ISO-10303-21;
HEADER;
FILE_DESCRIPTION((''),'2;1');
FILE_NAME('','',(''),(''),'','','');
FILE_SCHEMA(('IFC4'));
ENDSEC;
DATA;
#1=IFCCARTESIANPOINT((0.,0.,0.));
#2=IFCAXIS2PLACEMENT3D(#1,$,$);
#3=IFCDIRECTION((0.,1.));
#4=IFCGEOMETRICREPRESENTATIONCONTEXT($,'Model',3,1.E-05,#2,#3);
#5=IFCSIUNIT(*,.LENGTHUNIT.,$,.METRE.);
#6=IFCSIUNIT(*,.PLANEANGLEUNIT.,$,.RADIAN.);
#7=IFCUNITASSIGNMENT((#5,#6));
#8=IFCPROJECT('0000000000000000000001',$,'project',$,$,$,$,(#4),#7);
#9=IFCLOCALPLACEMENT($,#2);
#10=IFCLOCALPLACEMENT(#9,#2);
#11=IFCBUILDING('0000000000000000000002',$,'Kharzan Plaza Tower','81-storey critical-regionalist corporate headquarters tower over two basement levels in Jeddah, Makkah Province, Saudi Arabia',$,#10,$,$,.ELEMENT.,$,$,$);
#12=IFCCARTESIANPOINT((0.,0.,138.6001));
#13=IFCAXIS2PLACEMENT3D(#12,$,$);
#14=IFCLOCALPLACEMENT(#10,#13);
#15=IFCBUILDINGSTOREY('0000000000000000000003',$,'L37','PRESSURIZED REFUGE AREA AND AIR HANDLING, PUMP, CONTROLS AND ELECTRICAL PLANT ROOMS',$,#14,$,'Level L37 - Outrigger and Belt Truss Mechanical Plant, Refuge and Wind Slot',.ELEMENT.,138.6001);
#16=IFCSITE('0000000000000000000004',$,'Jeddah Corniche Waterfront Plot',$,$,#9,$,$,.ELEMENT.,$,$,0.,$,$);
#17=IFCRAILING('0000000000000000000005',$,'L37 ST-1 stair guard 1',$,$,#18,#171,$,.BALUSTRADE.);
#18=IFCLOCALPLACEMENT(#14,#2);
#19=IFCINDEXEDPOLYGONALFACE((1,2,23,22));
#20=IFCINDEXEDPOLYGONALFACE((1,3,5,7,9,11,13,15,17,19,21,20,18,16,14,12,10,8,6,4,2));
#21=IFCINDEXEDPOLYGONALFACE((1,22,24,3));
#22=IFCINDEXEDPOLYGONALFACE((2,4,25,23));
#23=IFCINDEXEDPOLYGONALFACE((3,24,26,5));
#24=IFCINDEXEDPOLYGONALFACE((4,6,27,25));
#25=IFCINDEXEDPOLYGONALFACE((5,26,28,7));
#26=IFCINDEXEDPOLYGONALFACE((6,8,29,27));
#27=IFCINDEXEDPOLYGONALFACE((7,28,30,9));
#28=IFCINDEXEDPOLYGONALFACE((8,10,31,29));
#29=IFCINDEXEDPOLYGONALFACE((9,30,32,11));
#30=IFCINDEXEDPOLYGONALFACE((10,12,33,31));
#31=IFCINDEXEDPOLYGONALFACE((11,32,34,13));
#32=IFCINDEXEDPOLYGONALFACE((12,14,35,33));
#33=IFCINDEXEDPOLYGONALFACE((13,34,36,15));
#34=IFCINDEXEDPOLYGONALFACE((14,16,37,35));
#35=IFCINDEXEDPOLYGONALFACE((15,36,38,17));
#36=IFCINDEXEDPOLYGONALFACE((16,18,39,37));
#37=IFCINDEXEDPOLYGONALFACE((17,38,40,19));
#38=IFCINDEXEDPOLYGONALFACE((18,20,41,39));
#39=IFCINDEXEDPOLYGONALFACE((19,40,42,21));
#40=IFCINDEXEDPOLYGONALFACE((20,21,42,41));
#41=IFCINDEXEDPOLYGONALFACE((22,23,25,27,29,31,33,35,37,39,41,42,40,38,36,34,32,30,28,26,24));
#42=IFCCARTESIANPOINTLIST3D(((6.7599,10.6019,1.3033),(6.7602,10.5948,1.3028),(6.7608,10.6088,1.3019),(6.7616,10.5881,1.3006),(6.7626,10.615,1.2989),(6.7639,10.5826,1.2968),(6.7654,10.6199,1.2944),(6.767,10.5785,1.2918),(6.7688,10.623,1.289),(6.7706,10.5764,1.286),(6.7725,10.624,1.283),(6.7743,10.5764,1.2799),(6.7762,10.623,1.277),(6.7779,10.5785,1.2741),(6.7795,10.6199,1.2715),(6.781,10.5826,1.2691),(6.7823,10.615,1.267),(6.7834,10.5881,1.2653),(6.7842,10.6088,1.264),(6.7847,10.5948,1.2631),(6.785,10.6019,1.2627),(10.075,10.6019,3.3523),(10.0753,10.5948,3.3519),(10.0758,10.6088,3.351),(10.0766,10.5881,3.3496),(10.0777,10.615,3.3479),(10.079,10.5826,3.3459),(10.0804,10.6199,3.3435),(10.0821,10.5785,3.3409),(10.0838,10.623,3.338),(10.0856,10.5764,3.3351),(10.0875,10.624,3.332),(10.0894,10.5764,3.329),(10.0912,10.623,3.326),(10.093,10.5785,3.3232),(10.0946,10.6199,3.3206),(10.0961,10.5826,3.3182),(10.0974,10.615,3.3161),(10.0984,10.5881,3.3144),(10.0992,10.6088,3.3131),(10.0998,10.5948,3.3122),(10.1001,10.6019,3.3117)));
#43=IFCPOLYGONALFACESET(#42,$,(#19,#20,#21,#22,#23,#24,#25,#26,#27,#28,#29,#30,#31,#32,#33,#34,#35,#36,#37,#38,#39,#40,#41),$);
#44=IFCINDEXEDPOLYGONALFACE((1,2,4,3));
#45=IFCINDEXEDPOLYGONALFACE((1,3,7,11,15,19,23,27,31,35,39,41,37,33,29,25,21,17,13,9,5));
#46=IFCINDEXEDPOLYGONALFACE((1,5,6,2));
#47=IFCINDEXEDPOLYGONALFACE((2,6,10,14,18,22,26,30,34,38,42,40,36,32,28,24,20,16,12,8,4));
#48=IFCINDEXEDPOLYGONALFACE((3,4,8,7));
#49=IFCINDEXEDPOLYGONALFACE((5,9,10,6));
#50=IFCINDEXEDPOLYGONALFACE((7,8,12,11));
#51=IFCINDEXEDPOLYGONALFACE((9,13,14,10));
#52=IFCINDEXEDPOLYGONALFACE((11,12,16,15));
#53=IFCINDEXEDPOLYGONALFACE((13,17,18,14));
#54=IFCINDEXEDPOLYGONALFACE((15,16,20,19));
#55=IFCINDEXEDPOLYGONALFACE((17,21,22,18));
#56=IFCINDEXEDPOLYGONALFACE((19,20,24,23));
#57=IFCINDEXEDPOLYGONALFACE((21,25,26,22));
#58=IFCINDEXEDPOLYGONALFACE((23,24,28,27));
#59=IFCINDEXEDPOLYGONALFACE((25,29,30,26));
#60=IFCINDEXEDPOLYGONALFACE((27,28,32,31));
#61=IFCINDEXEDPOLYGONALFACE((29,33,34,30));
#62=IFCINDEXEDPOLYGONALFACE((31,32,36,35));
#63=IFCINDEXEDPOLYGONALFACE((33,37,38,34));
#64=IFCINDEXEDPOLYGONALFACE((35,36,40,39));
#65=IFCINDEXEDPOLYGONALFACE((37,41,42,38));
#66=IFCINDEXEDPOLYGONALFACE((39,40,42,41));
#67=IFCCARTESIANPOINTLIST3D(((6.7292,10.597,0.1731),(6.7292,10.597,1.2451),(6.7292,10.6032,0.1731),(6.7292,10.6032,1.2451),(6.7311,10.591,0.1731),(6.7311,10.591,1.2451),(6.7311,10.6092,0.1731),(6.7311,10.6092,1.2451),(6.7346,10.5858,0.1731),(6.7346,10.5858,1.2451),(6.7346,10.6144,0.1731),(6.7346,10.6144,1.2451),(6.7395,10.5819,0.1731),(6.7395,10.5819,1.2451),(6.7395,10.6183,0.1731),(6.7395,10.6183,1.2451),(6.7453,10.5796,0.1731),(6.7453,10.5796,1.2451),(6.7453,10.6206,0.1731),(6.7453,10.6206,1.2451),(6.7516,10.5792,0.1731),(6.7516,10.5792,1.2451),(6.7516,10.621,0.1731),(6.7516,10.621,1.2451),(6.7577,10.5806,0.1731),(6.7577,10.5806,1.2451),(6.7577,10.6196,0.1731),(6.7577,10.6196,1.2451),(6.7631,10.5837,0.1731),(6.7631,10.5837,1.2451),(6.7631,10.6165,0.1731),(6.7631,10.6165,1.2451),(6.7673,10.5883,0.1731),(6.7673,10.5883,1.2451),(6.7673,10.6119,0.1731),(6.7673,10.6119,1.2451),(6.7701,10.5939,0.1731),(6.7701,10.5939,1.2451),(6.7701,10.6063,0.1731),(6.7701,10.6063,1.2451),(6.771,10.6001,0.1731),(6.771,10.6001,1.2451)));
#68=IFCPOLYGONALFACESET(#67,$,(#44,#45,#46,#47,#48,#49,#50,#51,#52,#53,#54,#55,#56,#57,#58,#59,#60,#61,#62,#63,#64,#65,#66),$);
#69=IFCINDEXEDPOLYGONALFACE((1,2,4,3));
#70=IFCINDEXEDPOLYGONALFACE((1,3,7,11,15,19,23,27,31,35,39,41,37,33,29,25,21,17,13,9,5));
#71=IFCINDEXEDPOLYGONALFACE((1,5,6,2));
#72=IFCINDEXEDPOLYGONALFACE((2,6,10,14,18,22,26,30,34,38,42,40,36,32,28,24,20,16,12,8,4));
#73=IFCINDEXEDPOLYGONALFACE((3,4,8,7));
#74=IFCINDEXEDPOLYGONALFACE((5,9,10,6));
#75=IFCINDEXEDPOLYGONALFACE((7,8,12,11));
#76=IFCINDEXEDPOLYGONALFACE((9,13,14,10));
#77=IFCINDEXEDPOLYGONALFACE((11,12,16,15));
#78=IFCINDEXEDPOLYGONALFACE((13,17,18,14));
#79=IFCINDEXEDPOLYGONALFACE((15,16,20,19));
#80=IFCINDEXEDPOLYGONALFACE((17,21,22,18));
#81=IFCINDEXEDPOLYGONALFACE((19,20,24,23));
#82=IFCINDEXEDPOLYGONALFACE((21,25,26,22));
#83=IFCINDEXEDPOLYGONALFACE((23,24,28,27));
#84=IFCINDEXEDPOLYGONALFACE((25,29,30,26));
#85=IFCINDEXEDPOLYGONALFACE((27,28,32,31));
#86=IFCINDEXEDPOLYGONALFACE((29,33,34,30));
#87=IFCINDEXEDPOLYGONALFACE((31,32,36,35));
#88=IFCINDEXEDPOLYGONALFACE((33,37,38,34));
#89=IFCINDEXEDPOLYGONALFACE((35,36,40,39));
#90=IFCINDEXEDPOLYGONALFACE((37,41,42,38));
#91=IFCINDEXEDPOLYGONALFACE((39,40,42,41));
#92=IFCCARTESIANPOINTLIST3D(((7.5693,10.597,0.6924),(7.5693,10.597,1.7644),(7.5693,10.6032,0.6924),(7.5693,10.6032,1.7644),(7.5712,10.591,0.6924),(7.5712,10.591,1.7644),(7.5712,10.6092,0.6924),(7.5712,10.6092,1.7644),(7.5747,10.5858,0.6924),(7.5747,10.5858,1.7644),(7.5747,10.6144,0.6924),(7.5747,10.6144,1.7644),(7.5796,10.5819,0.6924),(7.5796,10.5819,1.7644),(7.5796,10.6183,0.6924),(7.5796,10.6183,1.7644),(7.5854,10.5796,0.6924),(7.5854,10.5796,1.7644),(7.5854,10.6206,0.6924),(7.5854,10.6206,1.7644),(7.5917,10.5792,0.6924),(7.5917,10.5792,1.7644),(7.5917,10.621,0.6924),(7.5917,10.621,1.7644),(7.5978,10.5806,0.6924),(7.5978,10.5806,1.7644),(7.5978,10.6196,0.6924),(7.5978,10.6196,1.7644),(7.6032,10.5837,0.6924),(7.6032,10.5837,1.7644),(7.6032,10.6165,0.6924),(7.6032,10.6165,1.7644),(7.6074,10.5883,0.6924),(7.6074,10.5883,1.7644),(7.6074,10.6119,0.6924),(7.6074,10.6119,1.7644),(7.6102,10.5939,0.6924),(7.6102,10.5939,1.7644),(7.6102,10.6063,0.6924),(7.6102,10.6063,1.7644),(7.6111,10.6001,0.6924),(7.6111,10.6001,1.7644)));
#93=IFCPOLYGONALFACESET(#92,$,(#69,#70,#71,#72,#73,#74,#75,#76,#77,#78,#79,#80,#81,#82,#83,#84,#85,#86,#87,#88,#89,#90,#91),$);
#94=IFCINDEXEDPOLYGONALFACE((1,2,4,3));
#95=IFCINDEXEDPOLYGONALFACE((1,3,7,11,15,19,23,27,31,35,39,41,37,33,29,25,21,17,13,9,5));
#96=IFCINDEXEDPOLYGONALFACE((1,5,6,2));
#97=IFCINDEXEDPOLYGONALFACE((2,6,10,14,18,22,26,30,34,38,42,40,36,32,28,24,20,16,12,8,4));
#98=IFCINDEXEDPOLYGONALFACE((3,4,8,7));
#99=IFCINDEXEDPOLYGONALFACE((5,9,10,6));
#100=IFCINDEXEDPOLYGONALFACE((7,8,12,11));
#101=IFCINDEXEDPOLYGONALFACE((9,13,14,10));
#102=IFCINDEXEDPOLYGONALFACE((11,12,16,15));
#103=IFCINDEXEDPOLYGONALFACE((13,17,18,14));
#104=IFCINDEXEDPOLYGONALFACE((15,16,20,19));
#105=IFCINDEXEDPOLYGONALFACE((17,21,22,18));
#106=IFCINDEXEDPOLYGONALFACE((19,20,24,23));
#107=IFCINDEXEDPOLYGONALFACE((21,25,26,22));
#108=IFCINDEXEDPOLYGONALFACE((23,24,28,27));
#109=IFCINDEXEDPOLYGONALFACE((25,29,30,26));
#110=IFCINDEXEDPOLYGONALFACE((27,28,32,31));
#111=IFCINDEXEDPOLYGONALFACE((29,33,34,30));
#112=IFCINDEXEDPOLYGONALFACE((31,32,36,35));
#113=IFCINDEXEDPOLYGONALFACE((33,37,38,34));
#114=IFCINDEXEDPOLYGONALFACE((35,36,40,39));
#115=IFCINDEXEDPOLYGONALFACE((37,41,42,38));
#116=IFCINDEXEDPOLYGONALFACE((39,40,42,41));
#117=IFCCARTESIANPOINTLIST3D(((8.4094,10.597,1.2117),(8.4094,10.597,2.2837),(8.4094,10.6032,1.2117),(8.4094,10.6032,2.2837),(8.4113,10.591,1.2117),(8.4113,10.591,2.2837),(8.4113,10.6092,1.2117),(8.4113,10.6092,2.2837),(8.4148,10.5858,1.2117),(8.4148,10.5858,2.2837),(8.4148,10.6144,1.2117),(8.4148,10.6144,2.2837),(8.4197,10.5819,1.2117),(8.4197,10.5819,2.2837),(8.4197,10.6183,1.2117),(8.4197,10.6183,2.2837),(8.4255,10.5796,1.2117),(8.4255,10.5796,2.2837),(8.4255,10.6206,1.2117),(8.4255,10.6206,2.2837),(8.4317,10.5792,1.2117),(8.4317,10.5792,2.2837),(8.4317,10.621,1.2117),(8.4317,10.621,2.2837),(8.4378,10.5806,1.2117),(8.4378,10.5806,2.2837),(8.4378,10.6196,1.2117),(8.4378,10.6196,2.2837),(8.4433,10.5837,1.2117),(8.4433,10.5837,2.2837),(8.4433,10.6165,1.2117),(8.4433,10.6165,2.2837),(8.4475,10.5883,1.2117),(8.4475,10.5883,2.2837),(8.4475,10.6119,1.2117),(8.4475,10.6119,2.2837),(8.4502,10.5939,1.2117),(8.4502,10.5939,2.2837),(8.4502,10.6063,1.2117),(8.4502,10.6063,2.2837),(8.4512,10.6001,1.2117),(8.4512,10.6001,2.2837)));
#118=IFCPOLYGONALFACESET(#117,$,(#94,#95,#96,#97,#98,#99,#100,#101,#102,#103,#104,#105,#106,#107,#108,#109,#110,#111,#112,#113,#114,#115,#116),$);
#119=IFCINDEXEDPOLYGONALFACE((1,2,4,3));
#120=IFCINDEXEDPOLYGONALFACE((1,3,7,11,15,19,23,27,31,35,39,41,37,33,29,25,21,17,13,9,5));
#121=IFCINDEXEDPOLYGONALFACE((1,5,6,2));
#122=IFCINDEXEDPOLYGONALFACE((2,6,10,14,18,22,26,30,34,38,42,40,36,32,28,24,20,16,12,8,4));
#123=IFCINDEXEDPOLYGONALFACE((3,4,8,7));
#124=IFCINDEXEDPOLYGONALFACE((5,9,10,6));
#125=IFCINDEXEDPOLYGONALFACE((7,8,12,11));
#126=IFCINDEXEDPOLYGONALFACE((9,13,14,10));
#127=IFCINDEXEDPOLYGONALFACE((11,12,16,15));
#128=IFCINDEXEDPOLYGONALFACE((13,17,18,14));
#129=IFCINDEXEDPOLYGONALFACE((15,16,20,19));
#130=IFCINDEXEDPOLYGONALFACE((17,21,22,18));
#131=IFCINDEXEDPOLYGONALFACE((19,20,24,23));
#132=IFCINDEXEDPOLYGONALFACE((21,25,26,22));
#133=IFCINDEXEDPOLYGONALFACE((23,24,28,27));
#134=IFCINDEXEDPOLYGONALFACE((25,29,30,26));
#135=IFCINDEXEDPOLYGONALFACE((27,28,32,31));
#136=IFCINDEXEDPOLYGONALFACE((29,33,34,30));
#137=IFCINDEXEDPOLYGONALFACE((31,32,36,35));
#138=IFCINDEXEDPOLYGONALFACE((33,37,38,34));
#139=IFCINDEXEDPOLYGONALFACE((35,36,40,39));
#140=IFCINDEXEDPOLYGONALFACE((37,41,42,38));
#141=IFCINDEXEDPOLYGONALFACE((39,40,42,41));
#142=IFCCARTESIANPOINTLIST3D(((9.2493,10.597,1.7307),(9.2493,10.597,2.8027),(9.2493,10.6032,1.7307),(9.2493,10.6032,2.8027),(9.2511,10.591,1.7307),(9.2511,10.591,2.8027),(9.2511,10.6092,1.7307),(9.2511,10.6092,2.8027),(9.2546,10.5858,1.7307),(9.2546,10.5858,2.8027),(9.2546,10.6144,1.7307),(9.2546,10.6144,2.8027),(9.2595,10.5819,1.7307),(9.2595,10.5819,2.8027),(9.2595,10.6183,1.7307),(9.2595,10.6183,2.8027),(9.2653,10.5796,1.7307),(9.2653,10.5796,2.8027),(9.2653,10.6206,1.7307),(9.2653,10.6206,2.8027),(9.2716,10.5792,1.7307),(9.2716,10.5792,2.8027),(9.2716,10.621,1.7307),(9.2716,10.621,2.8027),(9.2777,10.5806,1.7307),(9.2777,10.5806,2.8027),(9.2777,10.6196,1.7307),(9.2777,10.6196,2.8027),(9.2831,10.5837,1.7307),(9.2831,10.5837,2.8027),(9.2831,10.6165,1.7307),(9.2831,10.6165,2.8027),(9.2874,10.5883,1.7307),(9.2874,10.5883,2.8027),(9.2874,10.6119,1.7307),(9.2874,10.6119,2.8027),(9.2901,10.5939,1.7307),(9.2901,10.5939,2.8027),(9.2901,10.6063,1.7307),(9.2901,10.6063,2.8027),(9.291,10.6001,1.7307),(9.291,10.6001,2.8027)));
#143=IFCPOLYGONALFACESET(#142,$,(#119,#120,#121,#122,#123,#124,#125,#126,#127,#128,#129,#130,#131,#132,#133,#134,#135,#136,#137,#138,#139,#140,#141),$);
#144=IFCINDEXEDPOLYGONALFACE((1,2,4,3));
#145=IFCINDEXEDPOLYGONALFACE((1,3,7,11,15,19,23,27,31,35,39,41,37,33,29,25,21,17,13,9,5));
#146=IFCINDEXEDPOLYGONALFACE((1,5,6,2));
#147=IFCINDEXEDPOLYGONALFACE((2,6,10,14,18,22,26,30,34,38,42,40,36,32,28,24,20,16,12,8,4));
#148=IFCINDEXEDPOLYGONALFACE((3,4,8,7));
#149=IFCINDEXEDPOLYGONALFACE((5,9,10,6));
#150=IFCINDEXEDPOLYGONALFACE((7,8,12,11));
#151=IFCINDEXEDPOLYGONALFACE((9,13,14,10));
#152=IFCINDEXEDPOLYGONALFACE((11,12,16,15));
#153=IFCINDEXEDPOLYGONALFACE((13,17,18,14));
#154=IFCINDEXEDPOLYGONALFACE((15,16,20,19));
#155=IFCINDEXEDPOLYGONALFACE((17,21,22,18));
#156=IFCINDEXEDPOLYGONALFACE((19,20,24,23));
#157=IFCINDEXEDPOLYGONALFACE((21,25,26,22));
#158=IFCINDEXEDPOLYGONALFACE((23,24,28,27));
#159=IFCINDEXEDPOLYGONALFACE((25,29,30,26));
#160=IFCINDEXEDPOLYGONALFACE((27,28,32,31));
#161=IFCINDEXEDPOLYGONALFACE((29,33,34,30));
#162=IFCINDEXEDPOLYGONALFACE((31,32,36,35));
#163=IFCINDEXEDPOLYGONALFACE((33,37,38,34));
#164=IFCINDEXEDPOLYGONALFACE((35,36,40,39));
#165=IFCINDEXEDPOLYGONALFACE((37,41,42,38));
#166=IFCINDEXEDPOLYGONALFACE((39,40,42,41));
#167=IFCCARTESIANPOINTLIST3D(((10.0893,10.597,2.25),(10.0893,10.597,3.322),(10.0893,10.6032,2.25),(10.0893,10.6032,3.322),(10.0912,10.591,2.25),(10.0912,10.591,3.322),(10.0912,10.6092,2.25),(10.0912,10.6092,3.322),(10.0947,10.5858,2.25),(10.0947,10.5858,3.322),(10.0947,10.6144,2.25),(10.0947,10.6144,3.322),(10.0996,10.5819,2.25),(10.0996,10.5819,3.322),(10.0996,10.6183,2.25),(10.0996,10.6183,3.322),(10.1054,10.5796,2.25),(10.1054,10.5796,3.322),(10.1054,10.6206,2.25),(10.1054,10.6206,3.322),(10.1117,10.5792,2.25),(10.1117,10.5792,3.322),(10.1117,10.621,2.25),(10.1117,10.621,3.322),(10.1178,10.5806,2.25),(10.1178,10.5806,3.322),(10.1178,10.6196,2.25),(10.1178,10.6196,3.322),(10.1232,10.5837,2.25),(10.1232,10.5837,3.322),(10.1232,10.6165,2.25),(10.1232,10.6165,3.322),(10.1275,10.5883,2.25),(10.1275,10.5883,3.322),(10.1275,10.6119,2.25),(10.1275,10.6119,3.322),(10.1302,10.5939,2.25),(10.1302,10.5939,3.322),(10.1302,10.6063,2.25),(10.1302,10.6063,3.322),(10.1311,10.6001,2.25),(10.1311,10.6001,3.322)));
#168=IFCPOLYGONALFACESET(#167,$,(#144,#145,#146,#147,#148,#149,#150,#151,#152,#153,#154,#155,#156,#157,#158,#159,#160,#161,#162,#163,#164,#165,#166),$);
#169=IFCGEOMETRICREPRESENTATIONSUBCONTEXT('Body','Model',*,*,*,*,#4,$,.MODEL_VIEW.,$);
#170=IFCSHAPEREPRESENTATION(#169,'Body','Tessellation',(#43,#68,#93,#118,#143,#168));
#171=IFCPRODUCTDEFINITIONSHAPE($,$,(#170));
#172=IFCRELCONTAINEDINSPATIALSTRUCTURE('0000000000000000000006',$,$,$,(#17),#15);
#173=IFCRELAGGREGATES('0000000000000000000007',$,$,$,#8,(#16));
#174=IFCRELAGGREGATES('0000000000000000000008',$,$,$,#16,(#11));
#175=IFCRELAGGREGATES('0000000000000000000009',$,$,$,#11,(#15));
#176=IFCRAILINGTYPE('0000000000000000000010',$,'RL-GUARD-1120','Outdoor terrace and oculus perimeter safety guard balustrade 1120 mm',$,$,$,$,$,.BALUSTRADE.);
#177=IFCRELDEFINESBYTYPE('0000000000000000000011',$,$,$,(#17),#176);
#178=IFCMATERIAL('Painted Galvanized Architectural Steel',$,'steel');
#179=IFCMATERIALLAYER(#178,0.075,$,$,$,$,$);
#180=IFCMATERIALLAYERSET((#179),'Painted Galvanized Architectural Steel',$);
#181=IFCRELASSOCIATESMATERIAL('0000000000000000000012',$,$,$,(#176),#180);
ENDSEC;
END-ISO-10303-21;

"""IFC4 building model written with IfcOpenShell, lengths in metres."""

from ifc_helpers import new_model, si_unit, direction, frame, origin, origin_2d, place, context, subcontext, project, spatial, circle, extrude, source, transform, mapped, material, layer, layer_set, type_object, element, save


model = new_model("IFC4")

# Units and contexts
model_context = context("Model", 3, precision=1e-05, world=origin(), true_north=direction((0.0, 1.0)))
body_context = subcontext(model_context, "Body", "Model", "MODEL_VIEW")
ifc_project = project(units=[si_unit("LENGTHUNIT", "METRE"), si_unit("PLANEANGLEUNIT", "RADIAN")], contexts=[model_context])

# Site, building, storey
site_placement = place(None, origin())
site = spatial("IfcSite", under=ifc_project, at=site_placement, Name="Jeddah Corniche Waterfront Plot", CompositionType="ELEMENT", RefElevation=0.0)
building_placement = place(site_placement, origin())
building = spatial("IfcBuilding", under=site, at=building_placement, Name="Kharzan Plaza Tower", Description="81-storey critical-regionalist corporate headquarters tower over two basement levels in Jeddah, Makkah Province, Saudi Arabia", CompositionType="ELEMENT")
storey_placement = place(building_placement, frame((0.0, 0.0, 138.6001)))
storey = spatial("IfcBuildingStorey", under=building, at=storey_placement, Name="L37", Description="PRESSURIZED REFUGE AREA AND AIR HANDLING, PUMP, CONTROLS AND ELECTRICAL PLANT ROOMS", LongName="Level L37 - Outrigger and Belt Truss Mechanical Plant, Refuge and Wind Slot", CompositionType="ELEMENT", Elevation=138.6001)

# Railing
ifc_material_1 = material(Name="Painted Galvanized Architectural Steel", Category="steel")
ifc_layer_1 = layer(ifc_material_1, 0.075)
ifc_layer_set_1 = layer_set([ifc_layer_1], Name="Painted Galvanized Architectural Steel")
railing_type_1 = type_object("IfcRailingType", Name="RL-GUARD-1120", Description="Outdoor terrace and oculus perimeter safety guard balustrade 1120 mm", PredefinedType="BALUSTRADE", material=ifc_layer_set_1)
shared_shape_1 = source(origin(), body_context, "Body", "SweptSolid", [
    extrude(circle(Radius=0.0239, at=origin_2d()), frame((0.0225, 0.0, 1.1099), z_axis=(0.850623, 0.0, 0.525776), x_axis=(0.0, 1.0, 0.0)), (0.0, 0.0, 1.0), 3.8972),
    extrude(circle(Radius=0.021, at=origin_2d()), origin(), (0.0, 0.0, 1.0), 1.072),
    extrude(circle(Radius=0.021, at=origin_2d()), frame((0.8401, 0.0, 0.5193)), (0.0, 0.0, 1.0), 1.072),
    extrude(circle(Radius=0.021, at=origin_2d()), frame((1.6802, 0.0, 1.0386)), (0.0, 0.0, 1.0), 1.072),
    extrude(circle(Radius=0.021, at=origin_2d()), frame((2.52, 0.0, 1.5576)), (0.0, 0.0, 1.0), 1.072),
    extrude(circle(Radius=0.021, at=origin_2d()), frame((3.3601, 0.0, 2.0769)), (0.0, 0.0, 1.0), 1.072),
])
railing_1_placement = place(storey_placement, frame((6.75, 10.6001, 0.1731)))
element("IfcRailing", 1, at=railing_1_placement, inside=storey, type_object=railing_type_1, Name="L37 ST-1 stair guard 1", PredefinedType="BALUSTRADE", context=body_context, shape_type="MappedRepresentation", body=[
    mapped(shared_shape_1, transform((0.0, 0.0, 0.0), x_axis=(1.0, 0.0, 0.0), y_axis=(0.0, 1.0, 0.0), z_axis=(0.0, 0.0, 1.0))),
])

save(model, "model.ifc")
